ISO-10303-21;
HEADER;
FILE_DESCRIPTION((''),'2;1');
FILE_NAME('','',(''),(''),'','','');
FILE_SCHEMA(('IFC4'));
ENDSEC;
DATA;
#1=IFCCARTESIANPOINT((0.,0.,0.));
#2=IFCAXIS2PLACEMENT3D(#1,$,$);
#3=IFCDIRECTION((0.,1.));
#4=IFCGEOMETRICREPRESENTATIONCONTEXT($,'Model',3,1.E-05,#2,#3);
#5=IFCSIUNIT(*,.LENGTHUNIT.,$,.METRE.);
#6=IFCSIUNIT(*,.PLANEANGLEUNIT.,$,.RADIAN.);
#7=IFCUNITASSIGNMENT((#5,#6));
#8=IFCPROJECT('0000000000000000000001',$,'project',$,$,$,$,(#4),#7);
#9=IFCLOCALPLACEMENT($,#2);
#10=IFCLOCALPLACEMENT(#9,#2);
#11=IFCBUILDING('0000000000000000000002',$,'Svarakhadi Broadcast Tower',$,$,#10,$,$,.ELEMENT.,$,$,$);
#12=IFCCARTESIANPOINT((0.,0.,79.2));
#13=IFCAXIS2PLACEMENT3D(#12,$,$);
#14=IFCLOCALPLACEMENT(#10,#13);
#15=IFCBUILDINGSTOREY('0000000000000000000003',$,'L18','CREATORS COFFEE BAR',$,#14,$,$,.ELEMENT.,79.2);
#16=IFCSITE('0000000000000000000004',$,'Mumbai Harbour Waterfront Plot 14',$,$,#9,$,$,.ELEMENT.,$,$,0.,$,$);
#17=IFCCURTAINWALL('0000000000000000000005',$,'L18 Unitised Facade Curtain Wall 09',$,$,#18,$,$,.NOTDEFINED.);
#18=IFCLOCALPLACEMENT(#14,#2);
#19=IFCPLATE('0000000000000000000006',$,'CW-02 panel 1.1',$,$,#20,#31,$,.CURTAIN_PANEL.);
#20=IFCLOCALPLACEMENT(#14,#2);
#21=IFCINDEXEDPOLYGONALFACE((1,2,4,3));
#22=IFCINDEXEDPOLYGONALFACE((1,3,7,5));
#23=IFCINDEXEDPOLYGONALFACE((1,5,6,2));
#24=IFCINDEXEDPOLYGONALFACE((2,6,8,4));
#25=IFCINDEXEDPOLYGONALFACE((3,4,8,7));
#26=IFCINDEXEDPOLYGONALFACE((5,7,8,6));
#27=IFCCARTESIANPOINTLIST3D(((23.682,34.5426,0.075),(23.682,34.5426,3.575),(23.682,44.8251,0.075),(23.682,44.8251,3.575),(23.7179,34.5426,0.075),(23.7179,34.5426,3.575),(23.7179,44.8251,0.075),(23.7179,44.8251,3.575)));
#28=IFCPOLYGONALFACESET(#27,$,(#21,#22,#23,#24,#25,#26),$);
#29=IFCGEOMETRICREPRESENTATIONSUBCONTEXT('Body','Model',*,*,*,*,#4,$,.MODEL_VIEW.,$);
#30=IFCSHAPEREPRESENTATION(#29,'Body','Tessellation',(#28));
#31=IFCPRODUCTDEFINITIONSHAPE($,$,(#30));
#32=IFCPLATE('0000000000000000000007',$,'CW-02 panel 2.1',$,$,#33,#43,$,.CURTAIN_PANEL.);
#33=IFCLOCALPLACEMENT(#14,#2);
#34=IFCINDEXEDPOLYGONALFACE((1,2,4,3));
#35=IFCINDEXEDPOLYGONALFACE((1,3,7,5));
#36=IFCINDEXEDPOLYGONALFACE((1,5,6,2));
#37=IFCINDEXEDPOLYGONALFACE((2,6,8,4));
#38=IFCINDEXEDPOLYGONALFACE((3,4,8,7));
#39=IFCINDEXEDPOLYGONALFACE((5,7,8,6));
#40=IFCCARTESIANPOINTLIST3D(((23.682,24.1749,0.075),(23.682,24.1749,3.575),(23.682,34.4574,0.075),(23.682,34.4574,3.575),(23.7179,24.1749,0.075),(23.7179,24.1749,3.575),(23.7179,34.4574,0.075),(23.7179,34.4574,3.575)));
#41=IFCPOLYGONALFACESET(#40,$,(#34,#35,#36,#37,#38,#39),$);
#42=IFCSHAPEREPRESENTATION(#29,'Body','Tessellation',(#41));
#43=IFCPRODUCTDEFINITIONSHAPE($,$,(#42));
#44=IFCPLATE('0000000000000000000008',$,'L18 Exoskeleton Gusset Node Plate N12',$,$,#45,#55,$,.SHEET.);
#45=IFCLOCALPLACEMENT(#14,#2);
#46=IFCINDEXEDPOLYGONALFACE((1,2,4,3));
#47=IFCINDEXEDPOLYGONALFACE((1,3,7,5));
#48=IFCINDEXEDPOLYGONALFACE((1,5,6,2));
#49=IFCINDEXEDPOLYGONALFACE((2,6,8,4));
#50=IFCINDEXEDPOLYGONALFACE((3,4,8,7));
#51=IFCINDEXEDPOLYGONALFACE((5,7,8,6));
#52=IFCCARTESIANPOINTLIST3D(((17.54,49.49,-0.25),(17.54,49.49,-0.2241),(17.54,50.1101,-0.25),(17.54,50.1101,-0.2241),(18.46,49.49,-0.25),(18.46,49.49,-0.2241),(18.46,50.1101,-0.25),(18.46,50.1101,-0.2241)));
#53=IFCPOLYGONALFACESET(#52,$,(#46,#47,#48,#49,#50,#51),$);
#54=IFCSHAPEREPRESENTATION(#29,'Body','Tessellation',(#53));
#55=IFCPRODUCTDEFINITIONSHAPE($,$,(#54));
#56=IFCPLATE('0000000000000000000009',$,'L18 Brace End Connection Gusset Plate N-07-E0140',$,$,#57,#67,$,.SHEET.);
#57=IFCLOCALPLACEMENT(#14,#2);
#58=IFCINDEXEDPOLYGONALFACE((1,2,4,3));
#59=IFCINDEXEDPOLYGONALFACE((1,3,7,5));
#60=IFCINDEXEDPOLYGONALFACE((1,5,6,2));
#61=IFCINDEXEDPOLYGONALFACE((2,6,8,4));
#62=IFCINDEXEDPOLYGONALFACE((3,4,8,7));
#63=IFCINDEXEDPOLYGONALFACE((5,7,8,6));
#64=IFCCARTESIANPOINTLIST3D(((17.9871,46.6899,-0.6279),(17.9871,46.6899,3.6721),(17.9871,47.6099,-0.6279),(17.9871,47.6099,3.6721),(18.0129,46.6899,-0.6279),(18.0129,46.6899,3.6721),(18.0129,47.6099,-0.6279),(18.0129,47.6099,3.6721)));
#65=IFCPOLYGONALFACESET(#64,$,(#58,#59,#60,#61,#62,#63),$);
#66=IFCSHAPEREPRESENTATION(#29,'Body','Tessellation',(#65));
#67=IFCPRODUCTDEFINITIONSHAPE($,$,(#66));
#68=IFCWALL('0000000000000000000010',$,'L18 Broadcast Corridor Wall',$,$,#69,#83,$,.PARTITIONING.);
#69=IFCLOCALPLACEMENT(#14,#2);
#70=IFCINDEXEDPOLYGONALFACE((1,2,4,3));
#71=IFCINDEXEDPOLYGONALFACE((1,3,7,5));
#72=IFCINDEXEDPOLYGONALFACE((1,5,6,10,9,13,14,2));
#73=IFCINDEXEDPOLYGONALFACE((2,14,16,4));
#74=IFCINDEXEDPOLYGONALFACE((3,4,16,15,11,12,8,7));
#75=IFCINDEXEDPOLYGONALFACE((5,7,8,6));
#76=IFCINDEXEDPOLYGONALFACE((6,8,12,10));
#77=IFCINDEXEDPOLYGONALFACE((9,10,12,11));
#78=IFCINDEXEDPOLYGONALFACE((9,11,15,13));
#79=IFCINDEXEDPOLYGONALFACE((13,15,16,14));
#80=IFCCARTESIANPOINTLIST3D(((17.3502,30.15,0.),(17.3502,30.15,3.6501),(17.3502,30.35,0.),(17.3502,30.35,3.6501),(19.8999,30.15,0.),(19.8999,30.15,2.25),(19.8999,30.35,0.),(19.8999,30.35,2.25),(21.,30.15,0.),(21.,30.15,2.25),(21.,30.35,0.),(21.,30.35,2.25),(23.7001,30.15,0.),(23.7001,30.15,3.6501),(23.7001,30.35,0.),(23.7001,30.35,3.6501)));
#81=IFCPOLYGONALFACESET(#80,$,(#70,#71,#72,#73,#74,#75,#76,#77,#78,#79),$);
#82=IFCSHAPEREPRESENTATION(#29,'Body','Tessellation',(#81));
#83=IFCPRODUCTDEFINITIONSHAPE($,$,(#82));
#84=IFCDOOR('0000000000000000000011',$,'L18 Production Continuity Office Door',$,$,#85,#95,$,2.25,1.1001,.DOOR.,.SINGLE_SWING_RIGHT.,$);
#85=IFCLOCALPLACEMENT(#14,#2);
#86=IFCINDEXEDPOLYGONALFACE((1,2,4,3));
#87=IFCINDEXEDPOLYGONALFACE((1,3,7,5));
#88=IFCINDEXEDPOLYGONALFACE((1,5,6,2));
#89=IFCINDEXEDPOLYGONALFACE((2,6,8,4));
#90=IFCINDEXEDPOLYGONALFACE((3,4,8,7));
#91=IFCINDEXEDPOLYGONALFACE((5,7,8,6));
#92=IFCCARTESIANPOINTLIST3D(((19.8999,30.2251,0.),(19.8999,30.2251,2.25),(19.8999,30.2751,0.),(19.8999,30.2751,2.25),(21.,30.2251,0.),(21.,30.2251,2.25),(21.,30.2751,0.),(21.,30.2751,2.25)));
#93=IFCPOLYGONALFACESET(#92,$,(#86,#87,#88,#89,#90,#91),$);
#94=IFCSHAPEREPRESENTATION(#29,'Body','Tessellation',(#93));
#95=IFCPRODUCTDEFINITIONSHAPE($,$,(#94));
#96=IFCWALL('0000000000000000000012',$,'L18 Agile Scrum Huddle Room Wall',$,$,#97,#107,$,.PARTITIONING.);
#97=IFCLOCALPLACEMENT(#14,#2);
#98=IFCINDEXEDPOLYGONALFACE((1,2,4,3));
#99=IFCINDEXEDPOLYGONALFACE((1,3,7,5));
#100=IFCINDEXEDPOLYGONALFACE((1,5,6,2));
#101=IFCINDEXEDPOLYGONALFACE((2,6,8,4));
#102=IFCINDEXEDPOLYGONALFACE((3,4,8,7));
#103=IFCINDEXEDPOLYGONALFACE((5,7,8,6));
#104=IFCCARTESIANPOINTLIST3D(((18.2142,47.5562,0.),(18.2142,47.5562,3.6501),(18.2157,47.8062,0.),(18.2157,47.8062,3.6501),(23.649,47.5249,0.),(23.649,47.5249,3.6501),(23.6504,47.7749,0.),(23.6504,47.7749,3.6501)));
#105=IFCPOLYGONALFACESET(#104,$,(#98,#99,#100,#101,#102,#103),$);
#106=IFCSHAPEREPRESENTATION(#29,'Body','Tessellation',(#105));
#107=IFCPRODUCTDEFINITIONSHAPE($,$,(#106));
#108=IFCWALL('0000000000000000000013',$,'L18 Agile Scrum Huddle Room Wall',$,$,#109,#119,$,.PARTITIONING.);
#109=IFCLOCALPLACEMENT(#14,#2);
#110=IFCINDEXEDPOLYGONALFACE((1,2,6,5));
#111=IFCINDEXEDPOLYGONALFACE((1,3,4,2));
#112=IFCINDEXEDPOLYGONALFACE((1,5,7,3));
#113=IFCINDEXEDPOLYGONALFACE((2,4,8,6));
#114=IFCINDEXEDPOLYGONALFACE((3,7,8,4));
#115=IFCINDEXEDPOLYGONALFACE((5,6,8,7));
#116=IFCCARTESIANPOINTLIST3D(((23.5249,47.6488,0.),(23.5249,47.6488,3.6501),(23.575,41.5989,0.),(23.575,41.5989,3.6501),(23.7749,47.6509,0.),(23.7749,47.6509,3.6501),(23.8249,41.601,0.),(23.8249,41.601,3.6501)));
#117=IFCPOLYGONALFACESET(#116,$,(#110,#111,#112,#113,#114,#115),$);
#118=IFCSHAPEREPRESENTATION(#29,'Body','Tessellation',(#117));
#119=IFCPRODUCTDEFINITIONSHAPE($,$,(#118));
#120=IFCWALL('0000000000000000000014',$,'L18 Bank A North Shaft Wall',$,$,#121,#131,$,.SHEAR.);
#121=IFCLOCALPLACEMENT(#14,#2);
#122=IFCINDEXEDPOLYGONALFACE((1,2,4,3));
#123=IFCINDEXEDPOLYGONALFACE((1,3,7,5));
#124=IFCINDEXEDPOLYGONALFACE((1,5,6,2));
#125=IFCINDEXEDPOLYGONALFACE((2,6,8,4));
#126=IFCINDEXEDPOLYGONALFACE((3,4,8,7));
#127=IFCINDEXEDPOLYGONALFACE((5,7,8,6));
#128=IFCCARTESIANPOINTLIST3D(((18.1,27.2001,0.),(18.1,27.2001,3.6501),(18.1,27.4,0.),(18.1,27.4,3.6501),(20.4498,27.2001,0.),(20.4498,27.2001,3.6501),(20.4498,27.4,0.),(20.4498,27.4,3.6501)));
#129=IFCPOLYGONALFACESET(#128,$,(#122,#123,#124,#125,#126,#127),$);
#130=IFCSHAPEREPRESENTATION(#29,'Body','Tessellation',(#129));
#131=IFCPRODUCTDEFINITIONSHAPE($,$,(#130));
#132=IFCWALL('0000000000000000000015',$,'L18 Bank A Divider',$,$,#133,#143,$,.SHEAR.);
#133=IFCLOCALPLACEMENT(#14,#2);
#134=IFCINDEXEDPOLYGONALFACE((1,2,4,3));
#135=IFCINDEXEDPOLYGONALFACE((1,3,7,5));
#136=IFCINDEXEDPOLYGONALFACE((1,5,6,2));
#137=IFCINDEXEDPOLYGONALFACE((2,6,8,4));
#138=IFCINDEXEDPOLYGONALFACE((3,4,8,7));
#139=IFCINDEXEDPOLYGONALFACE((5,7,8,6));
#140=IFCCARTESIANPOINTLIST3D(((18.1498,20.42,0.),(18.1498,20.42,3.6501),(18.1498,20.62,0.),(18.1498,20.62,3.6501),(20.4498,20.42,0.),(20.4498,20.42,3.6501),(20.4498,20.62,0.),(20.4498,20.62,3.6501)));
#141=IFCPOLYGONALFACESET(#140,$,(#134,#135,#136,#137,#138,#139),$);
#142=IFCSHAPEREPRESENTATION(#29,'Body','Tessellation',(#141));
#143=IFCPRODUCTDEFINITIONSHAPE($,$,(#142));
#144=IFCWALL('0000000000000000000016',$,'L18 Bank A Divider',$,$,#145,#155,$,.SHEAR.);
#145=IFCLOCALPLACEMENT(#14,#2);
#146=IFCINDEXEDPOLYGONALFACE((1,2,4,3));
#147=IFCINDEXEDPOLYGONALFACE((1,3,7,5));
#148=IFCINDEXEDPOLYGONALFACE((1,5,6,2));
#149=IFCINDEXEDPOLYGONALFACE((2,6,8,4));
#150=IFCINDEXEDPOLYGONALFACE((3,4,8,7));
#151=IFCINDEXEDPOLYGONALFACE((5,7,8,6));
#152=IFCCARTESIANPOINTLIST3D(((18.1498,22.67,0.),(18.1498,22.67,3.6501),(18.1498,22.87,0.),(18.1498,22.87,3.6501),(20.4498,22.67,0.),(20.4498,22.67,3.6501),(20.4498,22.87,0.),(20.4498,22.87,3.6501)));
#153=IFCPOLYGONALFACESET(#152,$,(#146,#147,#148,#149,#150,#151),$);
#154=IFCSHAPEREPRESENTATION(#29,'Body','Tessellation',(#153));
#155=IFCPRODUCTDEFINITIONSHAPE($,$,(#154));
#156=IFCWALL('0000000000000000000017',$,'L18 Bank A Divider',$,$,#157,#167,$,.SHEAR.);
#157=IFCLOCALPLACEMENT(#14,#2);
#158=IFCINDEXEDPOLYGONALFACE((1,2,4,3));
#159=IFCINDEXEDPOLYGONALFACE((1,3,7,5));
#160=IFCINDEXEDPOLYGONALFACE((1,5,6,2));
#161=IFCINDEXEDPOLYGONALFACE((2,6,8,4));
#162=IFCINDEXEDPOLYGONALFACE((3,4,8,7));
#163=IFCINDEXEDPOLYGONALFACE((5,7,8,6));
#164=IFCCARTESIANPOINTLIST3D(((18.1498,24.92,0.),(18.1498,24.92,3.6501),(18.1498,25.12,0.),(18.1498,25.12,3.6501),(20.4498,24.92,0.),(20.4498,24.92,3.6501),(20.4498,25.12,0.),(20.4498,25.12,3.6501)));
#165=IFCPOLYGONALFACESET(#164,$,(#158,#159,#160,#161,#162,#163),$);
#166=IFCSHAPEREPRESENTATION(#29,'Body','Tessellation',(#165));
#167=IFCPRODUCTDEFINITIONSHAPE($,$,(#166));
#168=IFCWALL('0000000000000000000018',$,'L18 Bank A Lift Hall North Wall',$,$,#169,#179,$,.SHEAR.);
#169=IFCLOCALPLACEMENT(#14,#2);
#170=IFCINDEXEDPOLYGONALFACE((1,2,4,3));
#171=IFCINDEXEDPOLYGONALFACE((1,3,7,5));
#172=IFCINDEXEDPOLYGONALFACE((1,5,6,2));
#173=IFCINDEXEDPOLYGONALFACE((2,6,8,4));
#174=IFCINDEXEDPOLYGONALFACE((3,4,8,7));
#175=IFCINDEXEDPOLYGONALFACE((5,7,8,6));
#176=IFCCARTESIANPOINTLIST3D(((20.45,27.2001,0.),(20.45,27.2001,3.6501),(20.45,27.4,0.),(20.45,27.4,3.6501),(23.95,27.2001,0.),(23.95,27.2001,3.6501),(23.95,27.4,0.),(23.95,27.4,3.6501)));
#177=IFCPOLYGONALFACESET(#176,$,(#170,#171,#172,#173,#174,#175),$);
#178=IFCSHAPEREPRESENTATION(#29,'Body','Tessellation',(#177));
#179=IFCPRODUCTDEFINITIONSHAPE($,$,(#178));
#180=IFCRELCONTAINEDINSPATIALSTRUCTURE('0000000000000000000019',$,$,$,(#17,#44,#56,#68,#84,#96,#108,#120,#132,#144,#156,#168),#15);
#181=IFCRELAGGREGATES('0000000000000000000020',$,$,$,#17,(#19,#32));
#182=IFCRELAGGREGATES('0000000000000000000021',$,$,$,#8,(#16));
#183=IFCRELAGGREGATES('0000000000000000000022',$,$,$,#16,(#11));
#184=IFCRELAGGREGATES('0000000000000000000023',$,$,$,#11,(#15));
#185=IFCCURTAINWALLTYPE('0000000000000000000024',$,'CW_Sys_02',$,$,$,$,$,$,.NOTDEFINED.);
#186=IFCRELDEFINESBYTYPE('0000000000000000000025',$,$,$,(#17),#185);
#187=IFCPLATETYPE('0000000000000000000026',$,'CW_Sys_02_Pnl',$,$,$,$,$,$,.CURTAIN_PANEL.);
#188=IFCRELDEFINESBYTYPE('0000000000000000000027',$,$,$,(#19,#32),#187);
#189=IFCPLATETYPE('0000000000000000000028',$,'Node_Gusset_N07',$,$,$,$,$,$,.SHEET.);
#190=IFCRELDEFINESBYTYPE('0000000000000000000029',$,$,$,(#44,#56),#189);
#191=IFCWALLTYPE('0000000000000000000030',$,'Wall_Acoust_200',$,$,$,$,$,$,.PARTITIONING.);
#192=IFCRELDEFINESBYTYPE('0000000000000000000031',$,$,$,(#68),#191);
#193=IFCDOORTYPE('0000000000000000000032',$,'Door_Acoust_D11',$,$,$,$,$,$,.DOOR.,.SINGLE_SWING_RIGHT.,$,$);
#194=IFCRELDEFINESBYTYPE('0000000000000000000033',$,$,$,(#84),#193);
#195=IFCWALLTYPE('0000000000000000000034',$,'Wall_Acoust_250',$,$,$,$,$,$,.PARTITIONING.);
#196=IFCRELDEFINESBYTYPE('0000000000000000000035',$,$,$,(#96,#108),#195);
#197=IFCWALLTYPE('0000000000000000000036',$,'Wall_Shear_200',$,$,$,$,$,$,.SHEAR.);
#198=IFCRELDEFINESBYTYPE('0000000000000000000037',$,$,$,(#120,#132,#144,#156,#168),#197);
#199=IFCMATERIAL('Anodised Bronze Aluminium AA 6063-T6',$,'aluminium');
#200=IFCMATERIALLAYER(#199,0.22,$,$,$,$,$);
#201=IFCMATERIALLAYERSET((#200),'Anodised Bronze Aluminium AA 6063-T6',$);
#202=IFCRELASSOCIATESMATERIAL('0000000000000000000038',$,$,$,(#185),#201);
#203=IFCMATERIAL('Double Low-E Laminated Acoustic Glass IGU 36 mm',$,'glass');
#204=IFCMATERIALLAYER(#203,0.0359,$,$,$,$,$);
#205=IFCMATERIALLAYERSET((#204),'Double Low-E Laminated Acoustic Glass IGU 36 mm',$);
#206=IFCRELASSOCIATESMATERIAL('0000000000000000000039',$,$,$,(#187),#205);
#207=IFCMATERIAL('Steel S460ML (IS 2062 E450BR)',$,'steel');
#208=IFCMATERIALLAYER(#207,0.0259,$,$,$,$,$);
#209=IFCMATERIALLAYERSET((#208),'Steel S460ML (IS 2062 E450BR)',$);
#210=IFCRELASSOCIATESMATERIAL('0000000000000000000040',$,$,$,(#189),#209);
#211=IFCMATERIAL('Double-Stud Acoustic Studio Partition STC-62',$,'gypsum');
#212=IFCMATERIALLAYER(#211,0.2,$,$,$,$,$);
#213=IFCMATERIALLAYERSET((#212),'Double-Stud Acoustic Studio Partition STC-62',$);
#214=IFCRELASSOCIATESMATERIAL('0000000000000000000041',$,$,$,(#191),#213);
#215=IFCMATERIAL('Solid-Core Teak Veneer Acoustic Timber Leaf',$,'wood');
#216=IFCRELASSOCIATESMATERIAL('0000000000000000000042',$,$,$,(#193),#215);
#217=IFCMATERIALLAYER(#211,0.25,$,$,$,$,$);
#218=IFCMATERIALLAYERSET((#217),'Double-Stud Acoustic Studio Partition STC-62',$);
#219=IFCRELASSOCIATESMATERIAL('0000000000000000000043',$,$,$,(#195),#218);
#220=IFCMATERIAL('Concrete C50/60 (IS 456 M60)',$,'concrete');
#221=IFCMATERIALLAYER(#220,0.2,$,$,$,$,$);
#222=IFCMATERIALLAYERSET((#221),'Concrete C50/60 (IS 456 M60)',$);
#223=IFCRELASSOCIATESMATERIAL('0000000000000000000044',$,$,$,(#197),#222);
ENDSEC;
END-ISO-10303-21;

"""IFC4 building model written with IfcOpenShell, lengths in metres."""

from ifc_helpers import new_model, si_unit, direction, frame, frame_2d, origin, origin_2d, place, context, subcontext, project, spatial, rectangle, extrude, material, layer, layer_set, type_object, element, fill, aggregate, save


model = new_model("IFC4")

# Units and contexts
model_context = context("Model", 3, precision=1e-05, world=origin(), true_north=direction((0.0, 1.0)))
body_context = subcontext(model_context, "Body", "Model", "MODEL_VIEW")
ifc_project = project(units=[si_unit("LENGTHUNIT", "METRE"), si_unit("PLANEANGLEUNIT", "RADIAN")], contexts=[model_context])

# Site, building, storey
site_placement = place(None, origin())
site = spatial("IfcSite", under=ifc_project, at=site_placement, Name="Mumbai Harbour Waterfront Plot 14", CompositionType="ELEMENT", RefElevation=0.0)
building_placement = place(site_placement, origin())
building = spatial("IfcBuilding", under=site, at=building_placement, Name="Svarakhadi Broadcast Tower", CompositionType="ELEMENT")
storey_placement = place(building_placement, frame((0.0, 0.0, 79.2)))
storey = spatial("IfcBuildingStorey", under=building, at=storey_placement, Name="L18", Description="CREATORS COFFEE BAR", CompositionType="ELEMENT", Elevation=79.2)

# Shared definitions
ifc_material_1 = material(Name="Anodised Bronze Aluminium AA 6063-T6", Category="aluminium")
ifc_layer_1 = layer(ifc_material_1, 0.22)
ifc_layer_set_1 = layer_set([ifc_layer_1], Name="Anodised Bronze Aluminium AA 6063-T6")
curtain_wall_type = type_object("IfcCurtainWallType", Name="CW_Sys_02", PredefinedType="NOTDEFINED", material=ifc_layer_set_1)

# Curtain wall
curtain_wall_1_placement = place(storey_placement, origin())
curtain_wall_1 = element("IfcCurtainWall", 1, at=curtain_wall_1_placement, inside=storey, type_object=curtain_wall_type, Name="L18 Unitised Facade Curtain Wall 09", PredefinedType="NOTDEFINED")

# Shared definitions
ifc_material_2 = material(Name="Steel S460ML (IS 2062 E450BR)", Category="steel")

# Plates
ifc_material_3 = material(Name="Double Low-E Laminated Acoustic Glass IGU 36 mm", Category="glass")
ifc_layer_2 = layer(ifc_material_3, 0.0359)
ifc_layer_set_2 = layer_set([ifc_layer_2], Name="Double Low-E Laminated Acoustic Glass IGU 36 mm")
plate_type_1 = type_object("IfcPlateType", Name="CW_Sys_02_Pnl", PredefinedType="CURTAIN_PANEL", material=ifc_layer_set_2)
plate_1_placement = place(storey_placement, frame((23.7, 39.6838, 0.075), z_axis=(0.0, 0.0, 1.0), x_axis=(0.0, -1.0, 0.0)))
plate_1 = element("IfcPlate", 2, at=plate_1_placement, type_object=plate_type_1, Name="CW-02 panel 1.1", PredefinedType="CURTAIN_PANEL", context=body_context, shape_type="SweptSolid", body=[
    extrude(rectangle(XDim=10.2825, YDim=0.0359, at=origin_2d()), origin(), (0.0, 0.0, 1.0), 3.5),
])
plate_2_placement = place(storey_placement, frame((23.7, 29.3162, 0.075), z_axis=(0.0, 0.0, 1.0), x_axis=(0.0, -1.0, 0.0)))
plate_2 = element("IfcPlate", 3, at=plate_2_placement, type_object=plate_type_1, Name="CW-02 panel 2.1", PredefinedType="CURTAIN_PANEL", context=body_context, shape_type="SweptSolid", body=[
    extrude(rectangle(XDim=10.2825, YDim=0.0359, at=origin_2d()), origin(), (0.0, 0.0, 1.0), 3.5),
])
aggregate(curtain_wall_1, [plate_1, plate_2])

# Plates
ifc_layer_3 = layer(ifc_material_2, 0.0259)
ifc_layer_set_3 = layer_set([ifc_layer_3], Name="Steel S460ML (IS 2062 E450BR)")
plate_type_2 = type_object("IfcPlateType", Name="Node_Gusset_N07", PredefinedType="SHEET", material=ifc_layer_set_3)
plate_3_placement = place(storey_placement, frame((18.0, 49.8, -0.25), z_axis=(0.0, 0.0, 1.0), x_axis=(1.0, 0.0, 0.0)))
element("IfcPlate", 4, at=plate_3_placement, inside=storey, type_object=plate_type_2, Name="L18 Exoskeleton Gusset Node Plate N12", PredefinedType="SHEET", context=body_context, shape_type="SweptSolid", body=[
    extrude(rectangle(XDim=0.9199, YDim=0.6201, at=origin_2d()), origin(), (0.0, 0.0, 1.0), 0.0259),
])
plate_4_placement = place(storey_placement, frame((18.0, 47.1499, -0.6279), z_axis=(0.0, 0.0, 1.0), x_axis=(0.0, 1.0, 0.0)))
element("IfcPlate", 5, at=plate_4_placement, inside=storey, type_object=plate_type_2, Name="L18 Brace End Connection Gusset Plate N-07-E0140", PredefinedType="SHEET", context=body_context, shape_type="SweptSolid", body=[
    extrude(rectangle(XDim=0.9199, YDim=0.0259, at=origin_2d()), origin(), (0.0, 0.0, 1.0), 4.3),
])

# Wall, opening, door
ifc_material_4 = material(Name="Double-Stud Acoustic Studio Partition STC-62", Category="gypsum")
ifc_layer_4 = layer(ifc_material_4, 0.2)
ifc_layer_set_4 = layer_set([ifc_layer_4], Name="Double-Stud Acoustic Studio Partition STC-62")
wall_type_1 = type_object("IfcWallType", Name="Wall_Acoust_200", PredefinedType="PARTITIONING", material=ifc_layer_set_4)
wall_1_placement = place(storey_placement, frame((23.7, 30.25, 0.0), z_axis=(0.0, 0.0, 1.0), x_axis=(-1.0, 0.0, 0.0)))
wall_1 = element("IfcWall", 6, at=wall_1_placement, inside=storey, type_object=wall_type_1, Name="L18 Broadcast Corridor Wall", PredefinedType="PARTITIONING", context=body_context, shape_type="SweptSolid", body=[
    extrude(rectangle(XDim=6.3499, YDim=0.2, at=frame_2d((3.1748, 0.0))), origin(), (0.0, 0.0, 1.0), 3.6501),
])
opening_placement = place(wall_1_placement, frame((2.7, 0.0, 0.0)))
opening = element("IfcOpeningElement", 7, at=opening_placement, cuts=wall_1, PredefinedType="OPENING", context=body_context, shape_type="SweptSolid", body=[
    extrude(rectangle(XDim=1.1001, YDim=2.25, at=frame_2d((0.55, 1.125))), frame((0.0, 0.1099, 0.0), z_axis=(0.0, -1.0, 0.0), x_axis=(1.0, 0.0, 0.0)), (0.0, 0.0, 1.0), 0.22),
])
ifc_material_5 = material(Name="Solid-Core Teak Veneer Acoustic Timber Leaf", Category="wood")
door_type = type_object("IfcDoorType", Name="Door_Acoust_D11", OperationType="SINGLE_SWING_RIGHT", PredefinedType="DOOR", material=ifc_material_5)
door_placement = place(opening_placement, origin())
door = element("IfcDoor", 8, at=door_placement, inside=storey, type_object=door_type, Name="L18 Production Continuity Office Door", OperationType="SINGLE_SWING_RIGHT", OverallHeight=2.25, OverallWidth=1.1001, PredefinedType="DOOR", context=body_context, shape_type="SweptSolid", body=[
    extrude(rectangle(XDim=1.1001, YDim=2.25, at=frame_2d((0.55, 1.125))), frame((0.0, 0.0249, 0.0), z_axis=(0.0, -1.0, 0.0), x_axis=(1.0, 0.0, 0.0)), (0.0, 0.0, 1.0), 0.05),
])
fill(opening, door)

# Walls
ifc_layer_5 = layer(ifc_material_4, 0.25)
ifc_layer_set_5 = layer_set([ifc_layer_5], Name="Double-Stud Acoustic Studio Partition STC-62")
wall_type_2 = type_object("IfcWallType", Name="Wall_Acoust_250", PredefinedType="PARTITIONING", material=ifc_layer_set_5)
wall_2_placement = place(storey_placement, frame((18.2151, 47.6812, 0.0), z_axis=(0.0, 0.0, 1.0), x_axis=(0.999983, -0.00575, 0.0)))
element("IfcWall", 9, at=wall_2_placement, inside=storey, type_object=wall_type_2, Name="L18 Agile Scrum Huddle Room Wall", PredefinedType="PARTITIONING", context=body_context, shape_type="SweptSolid", body=[
    extrude(rectangle(XDim=5.4348, YDim=0.25, at=frame_2d((2.7173, 0.0))), origin(), (0.0, 0.0, 1.0), 3.6501),
])
wall_3_placement = place(storey_placement, frame((23.7, 41.6001, 0.0), z_axis=(0.0, 0.0, 1.0), x_axis=(-0.008273, 0.999966, 0.0)))
element("IfcWall", 10, at=wall_3_placement, inside=storey, type_object=wall_type_2, Name="L18 Agile Scrum Huddle Room Wall", PredefinedType="PARTITIONING", context=body_context, shape_type="SweptSolid", body=[
    extrude(rectangle(XDim=6.05, YDim=0.25, at=frame_2d((3.0249, 0.0))), origin(), (0.0, 0.0, 1.0), 3.6501),
])
ifc_material_6 = material(Name="Concrete C50/60 (IS 456 M60)", Category="concrete")
ifc_layer_6 = layer(ifc_material_6, 0.2)
ifc_layer_set_6 = layer_set([ifc_layer_6], Name="Concrete C50/60 (IS 456 M60)")
wall_type_3 = type_object("IfcWallType", Name="Wall_Shear_200", PredefinedType="SHEAR", material=ifc_layer_set_6)
wall_4_placement = place(storey_placement, frame((18.1001, 27.3, 0.0), z_axis=(0.0, 0.0, 1.0), x_axis=(1.0, 0.0, 0.0)))
element("IfcWall", 11, at=wall_4_placement, inside=storey, type_object=wall_type_3, Name="L18 Bank A North Shaft Wall", PredefinedType="SHEAR", context=body_context, shape_type="SweptSolid", body=[
    extrude(rectangle(XDim=2.3499, YDim=0.2, at=frame_2d((1.1748, 0.0))), origin(), (0.0, 0.0, 1.0), 3.6501),
])
for number, where, z_axis, x_axis, name in (
    (12, (18.1499, 20.52, 0.0), (0.0, 0.0, 1.0), (1.0, 0.0, 0.0), "L18 Bank A Divider"),
    (13, (18.1499, 22.77, 0.0), (0.0, 0.0, 1.0), (1.0, 0.0, 0.0), "L18 Bank A Divider"),
    (14, (18.1499, 25.02, 0.0), (0.0, 0.0, 1.0), (1.0, 0.0, 0.0), "L18 Bank A Divider"),
):
    element("IfcWall", number, at=place(storey_placement, frame(where, z_axis=z_axis, x_axis=x_axis)), inside=storey, type_object=wall_type_3, Name=name, PredefinedType="SHEAR", context=body_context, shape_type="SweptSolid", body=[
        extrude(rectangle(XDim=2.3, YDim=0.2, at=frame_2d((1.1499, 0.0))), origin(), (0.0, 0.0, 1.0), 3.6501),
    ])
wall_5_placement = place(storey_placement, frame((20.45, 27.3, 0.0), z_axis=(0.0, 0.0, 1.0), x_axis=(1.0, 0.0, 0.0)))
element("IfcWall", 15, at=wall_5_placement, inside=storey, type_object=wall_type_3, Name="L18 Bank A Lift Hall North Wall", PredefinedType="SHEAR", context=body_context, shape_type="SweptSolid", body=[
    extrude(rectangle(XDim=3.5, YDim=0.2, at=frame_2d((1.75, 0.0))), origin(), (0.0, 0.0, 1.0), 3.6501),
])

save(model, "model.ifc")
